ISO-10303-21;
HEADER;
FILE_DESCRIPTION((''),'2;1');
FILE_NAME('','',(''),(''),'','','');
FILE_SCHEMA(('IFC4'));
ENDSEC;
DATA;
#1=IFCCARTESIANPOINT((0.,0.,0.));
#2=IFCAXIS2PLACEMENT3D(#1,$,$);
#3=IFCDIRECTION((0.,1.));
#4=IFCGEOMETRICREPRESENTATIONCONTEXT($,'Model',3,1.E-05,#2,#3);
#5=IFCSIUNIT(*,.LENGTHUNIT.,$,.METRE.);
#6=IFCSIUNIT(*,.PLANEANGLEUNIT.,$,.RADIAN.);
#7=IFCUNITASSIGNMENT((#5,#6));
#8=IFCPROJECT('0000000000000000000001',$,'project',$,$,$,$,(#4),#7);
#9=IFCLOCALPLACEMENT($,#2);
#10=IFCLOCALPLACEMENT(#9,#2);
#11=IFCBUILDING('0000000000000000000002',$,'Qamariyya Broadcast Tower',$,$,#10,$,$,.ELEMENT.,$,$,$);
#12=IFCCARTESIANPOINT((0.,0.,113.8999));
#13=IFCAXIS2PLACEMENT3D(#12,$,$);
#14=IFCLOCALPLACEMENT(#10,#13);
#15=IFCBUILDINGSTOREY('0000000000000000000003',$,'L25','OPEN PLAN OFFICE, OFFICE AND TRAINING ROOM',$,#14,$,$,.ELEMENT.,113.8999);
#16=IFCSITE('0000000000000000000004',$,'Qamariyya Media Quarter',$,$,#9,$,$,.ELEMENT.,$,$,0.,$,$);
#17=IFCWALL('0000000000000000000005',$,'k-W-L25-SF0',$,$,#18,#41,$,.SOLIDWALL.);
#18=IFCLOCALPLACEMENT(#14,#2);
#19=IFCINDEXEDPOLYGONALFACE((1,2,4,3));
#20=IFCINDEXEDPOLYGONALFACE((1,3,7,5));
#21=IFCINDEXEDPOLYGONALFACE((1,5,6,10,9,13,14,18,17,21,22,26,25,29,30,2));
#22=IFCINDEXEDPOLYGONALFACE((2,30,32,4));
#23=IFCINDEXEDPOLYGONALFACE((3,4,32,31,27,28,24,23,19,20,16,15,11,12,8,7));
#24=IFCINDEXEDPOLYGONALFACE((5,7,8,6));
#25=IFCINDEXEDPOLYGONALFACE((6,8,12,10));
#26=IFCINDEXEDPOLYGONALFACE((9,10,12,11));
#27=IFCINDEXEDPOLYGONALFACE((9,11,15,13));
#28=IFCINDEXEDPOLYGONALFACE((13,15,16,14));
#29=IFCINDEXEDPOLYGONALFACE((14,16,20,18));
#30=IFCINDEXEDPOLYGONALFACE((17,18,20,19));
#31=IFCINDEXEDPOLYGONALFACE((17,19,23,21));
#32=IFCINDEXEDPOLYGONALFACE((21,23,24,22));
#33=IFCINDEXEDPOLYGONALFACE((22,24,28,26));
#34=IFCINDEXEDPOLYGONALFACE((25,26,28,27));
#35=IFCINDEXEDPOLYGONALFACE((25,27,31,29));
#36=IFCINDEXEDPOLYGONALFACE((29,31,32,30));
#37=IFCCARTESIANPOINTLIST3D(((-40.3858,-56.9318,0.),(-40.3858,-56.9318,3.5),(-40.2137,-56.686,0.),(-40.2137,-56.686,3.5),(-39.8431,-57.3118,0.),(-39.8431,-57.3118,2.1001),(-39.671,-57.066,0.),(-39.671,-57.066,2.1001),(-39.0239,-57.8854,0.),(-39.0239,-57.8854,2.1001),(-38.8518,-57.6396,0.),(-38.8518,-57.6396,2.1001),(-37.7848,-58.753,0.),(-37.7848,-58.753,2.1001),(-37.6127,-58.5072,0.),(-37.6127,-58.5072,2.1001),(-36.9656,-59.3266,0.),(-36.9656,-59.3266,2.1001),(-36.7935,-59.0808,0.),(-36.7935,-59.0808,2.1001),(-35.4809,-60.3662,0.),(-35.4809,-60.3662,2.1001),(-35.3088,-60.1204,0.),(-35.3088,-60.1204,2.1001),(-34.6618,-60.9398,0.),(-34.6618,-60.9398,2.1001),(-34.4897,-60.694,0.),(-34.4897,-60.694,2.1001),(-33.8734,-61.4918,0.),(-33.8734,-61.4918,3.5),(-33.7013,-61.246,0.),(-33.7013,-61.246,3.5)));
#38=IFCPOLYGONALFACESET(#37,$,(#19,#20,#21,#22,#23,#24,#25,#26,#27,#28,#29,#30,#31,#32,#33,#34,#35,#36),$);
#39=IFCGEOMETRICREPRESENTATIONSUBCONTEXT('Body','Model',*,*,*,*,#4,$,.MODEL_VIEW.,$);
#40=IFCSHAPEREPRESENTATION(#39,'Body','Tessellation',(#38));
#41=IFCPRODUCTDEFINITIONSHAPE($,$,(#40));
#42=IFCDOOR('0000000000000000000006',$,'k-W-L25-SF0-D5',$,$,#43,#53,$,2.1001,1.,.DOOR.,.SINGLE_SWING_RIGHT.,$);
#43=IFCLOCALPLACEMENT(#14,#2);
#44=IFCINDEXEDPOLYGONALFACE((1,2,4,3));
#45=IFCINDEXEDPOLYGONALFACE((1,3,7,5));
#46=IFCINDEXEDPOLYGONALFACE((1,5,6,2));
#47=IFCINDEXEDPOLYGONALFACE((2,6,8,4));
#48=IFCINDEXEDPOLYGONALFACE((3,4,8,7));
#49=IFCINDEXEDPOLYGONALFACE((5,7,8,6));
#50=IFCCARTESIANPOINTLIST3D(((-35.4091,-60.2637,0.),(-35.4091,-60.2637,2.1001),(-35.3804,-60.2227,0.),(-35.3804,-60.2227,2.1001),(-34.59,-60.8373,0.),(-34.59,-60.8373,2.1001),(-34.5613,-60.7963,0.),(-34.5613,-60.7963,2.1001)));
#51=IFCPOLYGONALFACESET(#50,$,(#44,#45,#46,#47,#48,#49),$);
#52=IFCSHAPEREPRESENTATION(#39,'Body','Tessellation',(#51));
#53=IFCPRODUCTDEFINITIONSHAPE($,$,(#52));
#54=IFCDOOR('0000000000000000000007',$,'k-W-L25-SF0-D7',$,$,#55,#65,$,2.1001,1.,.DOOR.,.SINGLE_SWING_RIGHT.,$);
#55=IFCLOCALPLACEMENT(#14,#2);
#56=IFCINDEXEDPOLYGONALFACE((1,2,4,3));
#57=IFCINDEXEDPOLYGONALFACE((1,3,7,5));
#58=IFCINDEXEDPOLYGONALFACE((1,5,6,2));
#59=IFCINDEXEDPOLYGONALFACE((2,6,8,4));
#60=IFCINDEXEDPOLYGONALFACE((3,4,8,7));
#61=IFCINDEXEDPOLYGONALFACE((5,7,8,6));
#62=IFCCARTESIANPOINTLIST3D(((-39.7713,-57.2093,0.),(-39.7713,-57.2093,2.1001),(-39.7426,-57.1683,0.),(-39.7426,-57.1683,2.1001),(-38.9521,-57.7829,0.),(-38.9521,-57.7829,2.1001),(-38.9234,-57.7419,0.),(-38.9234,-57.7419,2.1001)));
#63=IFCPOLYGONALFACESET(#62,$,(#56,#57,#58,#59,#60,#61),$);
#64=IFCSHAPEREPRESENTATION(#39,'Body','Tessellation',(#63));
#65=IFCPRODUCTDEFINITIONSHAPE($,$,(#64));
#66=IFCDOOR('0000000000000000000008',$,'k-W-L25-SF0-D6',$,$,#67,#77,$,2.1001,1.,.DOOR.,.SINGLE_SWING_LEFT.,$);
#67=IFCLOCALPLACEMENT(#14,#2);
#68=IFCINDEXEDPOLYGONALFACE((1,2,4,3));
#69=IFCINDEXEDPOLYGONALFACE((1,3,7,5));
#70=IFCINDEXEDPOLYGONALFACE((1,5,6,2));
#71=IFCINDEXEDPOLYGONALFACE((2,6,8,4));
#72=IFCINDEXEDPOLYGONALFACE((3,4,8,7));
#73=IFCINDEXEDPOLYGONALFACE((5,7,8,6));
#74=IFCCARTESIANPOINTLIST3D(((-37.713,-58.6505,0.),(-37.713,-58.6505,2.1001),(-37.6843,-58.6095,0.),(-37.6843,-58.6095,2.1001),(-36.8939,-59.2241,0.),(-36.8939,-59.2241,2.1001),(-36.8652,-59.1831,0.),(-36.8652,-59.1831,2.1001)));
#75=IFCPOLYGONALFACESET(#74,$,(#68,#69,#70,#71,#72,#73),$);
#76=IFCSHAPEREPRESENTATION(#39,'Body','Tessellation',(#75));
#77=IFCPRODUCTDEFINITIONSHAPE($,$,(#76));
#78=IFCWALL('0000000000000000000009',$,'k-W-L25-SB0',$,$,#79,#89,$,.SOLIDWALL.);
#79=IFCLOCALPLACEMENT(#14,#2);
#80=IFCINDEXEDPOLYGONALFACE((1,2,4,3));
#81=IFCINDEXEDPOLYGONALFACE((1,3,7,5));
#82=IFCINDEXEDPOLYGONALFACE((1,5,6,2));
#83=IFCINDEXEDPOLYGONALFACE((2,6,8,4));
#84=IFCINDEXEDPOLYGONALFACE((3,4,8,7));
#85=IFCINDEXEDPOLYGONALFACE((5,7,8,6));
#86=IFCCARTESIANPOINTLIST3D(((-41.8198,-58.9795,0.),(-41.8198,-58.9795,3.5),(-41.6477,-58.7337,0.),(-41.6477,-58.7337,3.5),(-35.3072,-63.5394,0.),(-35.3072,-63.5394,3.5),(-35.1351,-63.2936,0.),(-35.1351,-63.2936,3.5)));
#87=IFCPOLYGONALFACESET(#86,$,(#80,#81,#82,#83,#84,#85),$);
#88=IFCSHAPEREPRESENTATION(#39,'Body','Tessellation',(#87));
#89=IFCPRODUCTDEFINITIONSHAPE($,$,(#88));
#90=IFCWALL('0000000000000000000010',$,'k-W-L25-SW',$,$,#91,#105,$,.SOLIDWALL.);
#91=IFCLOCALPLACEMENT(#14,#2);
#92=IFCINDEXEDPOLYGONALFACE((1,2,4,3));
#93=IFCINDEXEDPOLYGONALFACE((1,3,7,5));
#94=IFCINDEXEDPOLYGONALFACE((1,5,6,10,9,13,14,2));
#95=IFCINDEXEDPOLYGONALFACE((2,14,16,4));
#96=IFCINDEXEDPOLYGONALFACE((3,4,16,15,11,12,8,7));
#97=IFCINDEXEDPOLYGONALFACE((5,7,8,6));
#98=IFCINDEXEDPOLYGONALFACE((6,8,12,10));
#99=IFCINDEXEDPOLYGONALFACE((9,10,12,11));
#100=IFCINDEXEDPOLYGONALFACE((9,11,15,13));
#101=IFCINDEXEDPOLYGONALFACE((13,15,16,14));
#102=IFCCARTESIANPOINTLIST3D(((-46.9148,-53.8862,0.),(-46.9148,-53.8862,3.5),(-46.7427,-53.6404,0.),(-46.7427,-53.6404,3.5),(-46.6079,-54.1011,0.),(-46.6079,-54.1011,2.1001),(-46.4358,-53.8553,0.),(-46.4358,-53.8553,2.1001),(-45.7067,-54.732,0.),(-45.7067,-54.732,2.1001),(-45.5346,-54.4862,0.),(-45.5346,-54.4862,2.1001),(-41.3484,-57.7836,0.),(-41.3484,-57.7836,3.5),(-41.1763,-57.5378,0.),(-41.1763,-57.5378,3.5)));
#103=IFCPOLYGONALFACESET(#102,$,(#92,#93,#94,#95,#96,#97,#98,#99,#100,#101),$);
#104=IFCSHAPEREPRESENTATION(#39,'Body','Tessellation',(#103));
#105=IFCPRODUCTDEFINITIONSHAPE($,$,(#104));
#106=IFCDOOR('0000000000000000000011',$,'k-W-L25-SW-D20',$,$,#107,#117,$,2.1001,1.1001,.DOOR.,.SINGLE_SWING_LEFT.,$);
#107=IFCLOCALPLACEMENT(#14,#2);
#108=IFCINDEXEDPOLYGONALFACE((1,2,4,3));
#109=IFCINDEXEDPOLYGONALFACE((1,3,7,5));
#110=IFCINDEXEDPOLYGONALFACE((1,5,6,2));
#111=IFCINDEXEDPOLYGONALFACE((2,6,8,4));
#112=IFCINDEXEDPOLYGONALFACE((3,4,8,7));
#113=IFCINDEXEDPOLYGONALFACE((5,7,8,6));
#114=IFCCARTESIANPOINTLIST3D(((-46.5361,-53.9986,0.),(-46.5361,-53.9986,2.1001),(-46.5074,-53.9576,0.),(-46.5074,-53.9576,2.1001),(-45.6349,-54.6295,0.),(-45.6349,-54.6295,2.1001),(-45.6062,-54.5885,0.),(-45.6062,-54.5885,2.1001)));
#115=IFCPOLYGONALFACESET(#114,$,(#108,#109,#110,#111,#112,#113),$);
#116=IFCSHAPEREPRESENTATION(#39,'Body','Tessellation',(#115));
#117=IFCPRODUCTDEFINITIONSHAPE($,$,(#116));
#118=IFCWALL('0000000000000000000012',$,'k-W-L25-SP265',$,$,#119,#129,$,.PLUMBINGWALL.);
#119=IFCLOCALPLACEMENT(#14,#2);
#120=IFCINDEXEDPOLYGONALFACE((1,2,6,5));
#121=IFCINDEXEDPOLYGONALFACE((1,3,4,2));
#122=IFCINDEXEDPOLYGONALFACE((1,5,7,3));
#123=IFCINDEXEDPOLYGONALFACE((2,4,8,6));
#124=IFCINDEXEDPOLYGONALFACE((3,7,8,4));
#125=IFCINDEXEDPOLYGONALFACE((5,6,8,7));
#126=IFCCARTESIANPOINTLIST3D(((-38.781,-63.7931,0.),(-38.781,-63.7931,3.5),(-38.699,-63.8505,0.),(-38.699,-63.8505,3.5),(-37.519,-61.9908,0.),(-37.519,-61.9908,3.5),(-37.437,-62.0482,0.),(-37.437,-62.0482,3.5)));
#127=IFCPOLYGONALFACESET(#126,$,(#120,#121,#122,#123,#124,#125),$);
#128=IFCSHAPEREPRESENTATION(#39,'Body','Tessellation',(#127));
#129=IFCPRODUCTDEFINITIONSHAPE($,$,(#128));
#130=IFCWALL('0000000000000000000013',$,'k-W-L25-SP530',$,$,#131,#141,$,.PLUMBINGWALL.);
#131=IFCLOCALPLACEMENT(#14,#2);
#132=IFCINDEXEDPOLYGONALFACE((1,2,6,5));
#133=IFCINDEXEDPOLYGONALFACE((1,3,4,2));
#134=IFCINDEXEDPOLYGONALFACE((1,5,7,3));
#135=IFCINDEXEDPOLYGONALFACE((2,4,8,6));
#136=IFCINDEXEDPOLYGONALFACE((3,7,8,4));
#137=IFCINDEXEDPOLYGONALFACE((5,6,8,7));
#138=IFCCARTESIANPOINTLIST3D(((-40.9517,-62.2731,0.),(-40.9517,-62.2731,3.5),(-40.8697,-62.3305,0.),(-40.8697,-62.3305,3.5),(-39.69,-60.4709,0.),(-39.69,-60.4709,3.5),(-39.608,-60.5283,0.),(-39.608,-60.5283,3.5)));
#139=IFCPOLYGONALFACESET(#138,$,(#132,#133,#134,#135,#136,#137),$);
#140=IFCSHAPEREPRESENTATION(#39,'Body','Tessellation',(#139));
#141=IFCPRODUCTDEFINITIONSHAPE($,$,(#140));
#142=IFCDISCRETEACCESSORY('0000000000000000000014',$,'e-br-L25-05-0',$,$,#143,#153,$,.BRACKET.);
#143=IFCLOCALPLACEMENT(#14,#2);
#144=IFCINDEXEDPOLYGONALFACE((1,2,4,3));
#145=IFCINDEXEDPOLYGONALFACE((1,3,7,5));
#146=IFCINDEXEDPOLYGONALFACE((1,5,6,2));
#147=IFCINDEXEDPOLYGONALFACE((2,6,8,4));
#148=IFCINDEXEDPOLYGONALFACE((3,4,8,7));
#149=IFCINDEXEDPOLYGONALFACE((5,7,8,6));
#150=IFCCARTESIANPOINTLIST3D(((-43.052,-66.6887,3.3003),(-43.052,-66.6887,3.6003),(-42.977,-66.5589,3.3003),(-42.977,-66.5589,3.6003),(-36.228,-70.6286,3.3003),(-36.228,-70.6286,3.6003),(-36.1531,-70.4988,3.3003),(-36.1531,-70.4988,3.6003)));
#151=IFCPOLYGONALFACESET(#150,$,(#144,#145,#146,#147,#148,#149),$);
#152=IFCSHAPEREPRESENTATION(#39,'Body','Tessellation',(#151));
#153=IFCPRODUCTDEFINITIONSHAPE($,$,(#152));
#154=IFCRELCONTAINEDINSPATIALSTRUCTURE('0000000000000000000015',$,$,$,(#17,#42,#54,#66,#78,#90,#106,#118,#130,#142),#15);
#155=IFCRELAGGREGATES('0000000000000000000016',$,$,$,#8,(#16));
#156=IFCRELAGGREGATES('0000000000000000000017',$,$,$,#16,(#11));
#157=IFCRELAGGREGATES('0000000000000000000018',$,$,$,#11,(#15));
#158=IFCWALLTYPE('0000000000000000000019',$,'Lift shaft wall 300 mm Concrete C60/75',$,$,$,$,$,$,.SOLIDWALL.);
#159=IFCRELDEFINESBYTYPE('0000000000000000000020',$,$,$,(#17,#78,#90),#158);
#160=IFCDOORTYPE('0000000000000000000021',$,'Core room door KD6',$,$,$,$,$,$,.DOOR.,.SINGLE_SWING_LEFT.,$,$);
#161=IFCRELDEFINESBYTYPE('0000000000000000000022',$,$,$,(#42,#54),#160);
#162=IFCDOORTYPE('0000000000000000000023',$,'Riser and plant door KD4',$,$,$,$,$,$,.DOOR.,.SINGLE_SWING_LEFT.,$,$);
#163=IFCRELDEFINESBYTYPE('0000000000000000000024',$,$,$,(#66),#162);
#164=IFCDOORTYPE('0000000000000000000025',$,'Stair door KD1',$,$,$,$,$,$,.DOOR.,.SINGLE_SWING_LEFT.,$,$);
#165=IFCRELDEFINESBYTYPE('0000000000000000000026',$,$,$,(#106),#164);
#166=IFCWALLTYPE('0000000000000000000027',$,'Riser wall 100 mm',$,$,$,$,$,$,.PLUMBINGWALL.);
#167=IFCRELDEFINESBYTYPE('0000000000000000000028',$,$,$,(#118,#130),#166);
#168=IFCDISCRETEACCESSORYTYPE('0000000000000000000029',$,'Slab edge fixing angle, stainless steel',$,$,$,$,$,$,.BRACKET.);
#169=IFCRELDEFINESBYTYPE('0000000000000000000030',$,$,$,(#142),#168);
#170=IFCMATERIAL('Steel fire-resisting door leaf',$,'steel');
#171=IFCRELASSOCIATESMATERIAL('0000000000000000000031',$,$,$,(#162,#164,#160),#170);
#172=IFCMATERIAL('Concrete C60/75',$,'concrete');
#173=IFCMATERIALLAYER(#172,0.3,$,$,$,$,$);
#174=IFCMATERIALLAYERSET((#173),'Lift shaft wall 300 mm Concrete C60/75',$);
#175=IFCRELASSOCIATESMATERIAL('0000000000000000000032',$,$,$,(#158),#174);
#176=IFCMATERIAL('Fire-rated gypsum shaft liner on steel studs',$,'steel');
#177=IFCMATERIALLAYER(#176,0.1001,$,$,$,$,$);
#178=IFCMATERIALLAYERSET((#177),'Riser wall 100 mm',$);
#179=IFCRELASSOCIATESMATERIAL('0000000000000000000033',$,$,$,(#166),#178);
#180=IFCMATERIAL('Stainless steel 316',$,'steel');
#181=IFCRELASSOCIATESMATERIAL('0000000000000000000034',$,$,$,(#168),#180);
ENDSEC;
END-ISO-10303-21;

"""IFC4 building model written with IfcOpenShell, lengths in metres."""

from ifc_helpers import new_model, si_unit, direction, frame, frame_2d, origin, origin_2d, place, context, subcontext, project, spatial, rectangle, extrude, material, layer, layer_set, type_object, element, fill, save


model = new_model("IFC4")

# Units and contexts
model_context = context("Model", 3, precision=1e-05, world=origin(), true_north=direction((0.0, 1.0)))
body_context = subcontext(model_context, "Body", "Model", "MODEL_VIEW")
ifc_project = project(units=[si_unit("LENGTHUNIT", "METRE"), si_unit("PLANEANGLEUNIT", "RADIAN")], contexts=[model_context])

# Site, building, storey
site_placement = place(None, origin())
site = spatial("IfcSite", under=ifc_project, at=site_placement, Name="Qamariyya Media Quarter", CompositionType="ELEMENT", RefElevation=0.0)
building_placement = place(site_placement, origin())
building = spatial("IfcBuilding", under=site, at=building_placement, Name="Qamariyya Broadcast Tower", CompositionType="ELEMENT")
storey_placement = place(building_placement, frame((0.0, 0.0, 113.8999)))
storey = spatial("IfcBuildingStorey", under=building, at=storey_placement, Name="L25", Description="OPEN PLAN OFFICE, OFFICE AND TRAINING ROOM", CompositionType="ELEMENT", Elevation=113.8999)

# Shared definitions
ifc_material_1 = material(Name="Steel fire-resisting door leaf", Category="steel")

# Shared definitions
door_type_1 = type_object("IfcDoorType", Name="Riser and plant door KD4", OperationType="SINGLE_SWING_LEFT", PredefinedType="DOOR", material=ifc_material_1)
door_type_2 = type_object("IfcDoorType", Name="Stair door KD1", OperationType="SINGLE_SWING_LEFT", PredefinedType="DOOR", material=ifc_material_1)

# Shared definitions
ifc_material_2 = material(Name="Concrete C60/75", Category="concrete")
ifc_layer_1 = layer(ifc_material_2, 0.3)
ifc_layer_set_1 = layer_set([ifc_layer_1], Name="Lift shaft wall 300 mm Concrete C60/75")
wall_type_1 = type_object("IfcWallType", Name="Lift shaft wall 300 mm Concrete C60/75", PredefinedType="SOLIDWALL", material=ifc_layer_set_1)

# Wall, openings, doors
wall_1_placement = place(storey_placement, frame((-33.7874, -61.3689, 0.0), z_axis=(0.0, 0.0, 1.0), x_axis=(-0.819153, 0.573576, 0.0)))
wall_1 = element("IfcWall", 1, at=wall_1_placement, inside=storey, type_object=wall_type_1, Name="k-W-L25-SF0", PredefinedType="SOLIDWALL", context=body_context, shape_type="SweptSolid", body=[
    extrude(rectangle(XDim=7.9502, YDim=0.3, at=frame_2d((3.9751, 0.0))), origin(), (0.0, 0.0, 1.0), 3.5),
])
opening_1_placement = place(wall_1_placement, frame((0.9624, 0.0, 0.0)))
opening_1 = element("IfcOpeningElement", 2, at=opening_1_placement, cuts=wall_1, PredefinedType="OPENING", context=body_context, shape_type="SweptSolid", body=[
    extrude(rectangle(XDim=1.0, YDim=2.1001, at=frame_2d((0.5, 1.05))), frame((0.0, 0.1599, 0.0), z_axis=(0.0, -1.0, 0.0), x_axis=(1.0, 0.0, 0.0)), (0.0, 0.0, 1.0), 0.3201),
])
opening_2_placement = place(wall_1_placement, frame((3.7749, 0.0, 0.0)))
opening_2 = element("IfcOpeningElement", 3, at=opening_2_placement, cuts=wall_1, PredefinedType="OPENING", context=body_context, shape_type="SweptSolid", body=[
    extrude(rectangle(XDim=1.0, YDim=2.1001, at=frame_2d((0.5, 1.05))), frame((0.0, 0.1599, 0.0), z_axis=(0.0, -1.0, 0.0), x_axis=(1.0, 0.0, 0.0)), (0.0, 0.0, 1.0), 0.3201),
])
opening_3_placement = place(wall_1_placement, frame((6.2876, 0.0, 0.0)))
opening_3 = element("IfcOpeningElement", 4, at=opening_3_placement, cuts=wall_1, PredefinedType="OPENING", context=body_context, shape_type="SweptSolid", body=[
    extrude(rectangle(XDim=1.0, YDim=2.1001, at=frame_2d((0.5, 1.05))), frame((0.0, 0.1599, 0.0), z_axis=(0.0, -1.0, 0.0), x_axis=(1.0, 0.0, 0.0)), (0.0, 0.0, 1.0), 0.3201),
])
door_type_3 = type_object("IfcDoorType", Name="Core room door KD6", OperationType="SINGLE_SWING_LEFT", PredefinedType="DOOR", material=ifc_material_1)
door_1_placement = place(opening_1_placement, origin())
door_1 = element("IfcDoor", 5, at=door_1_placement, inside=storey, type_object=door_type_3, Name="k-W-L25-SF0-D5", OperationType="SINGLE_SWING_RIGHT", OverallHeight=2.1001, OverallWidth=1.0, PredefinedType="DOOR", context=body_context, shape_type="SweptSolid", body=[
    extrude(rectangle(XDim=1.0, YDim=2.1001, at=frame_2d((0.5, 1.05))), frame((0.0, 0.0249, 0.0), z_axis=(0.0, -1.0, 0.0), x_axis=(1.0, 0.0, 0.0)), (0.0, 0.0, 1.0), 0.05),
])
fill(opening_1, door_1)
door_2_placement = place(opening_3_placement, origin())
door_2 = element("IfcDoor", 6, at=door_2_placement, inside=storey, type_object=door_type_3, Name="k-W-L25-SF0-D7", OperationType="SINGLE_SWING_RIGHT", OverallHeight=2.1001, OverallWidth=1.0, PredefinedType="DOOR", context=body_context, shape_type="SweptSolid", body=[
    extrude(rectangle(XDim=1.0, YDim=2.1001, at=frame_2d((0.5, 1.05))), frame((0.0, 0.0249, 0.0), z_axis=(0.0, -1.0, 0.0), x_axis=(1.0, 0.0, 0.0)), (0.0, 0.0, 1.0), 0.05),
])
fill(opening_3, door_2)
door_3_placement = place(opening_2_placement, origin())
door_3 = element("IfcDoor", 7, at=door_3_placement, inside=storey, type_object=door_type_1, Name="k-W-L25-SF0-D6", OperationType="SINGLE_SWING_LEFT", OverallHeight=2.1001, OverallWidth=1.0, PredefinedType="DOOR", context=body_context, shape_type="SweptSolid", body=[
    extrude(rectangle(XDim=1.0, YDim=2.1001, at=frame_2d((0.5, 1.05))), frame((0.0, 0.0249, 0.0), z_axis=(0.0, -1.0, 0.0), x_axis=(1.0, 0.0, 0.0)), (0.0, 0.0, 1.0), 0.05),
])
fill(opening_2, door_3)

# Wall
wall_2_placement = place(storey_placement, frame((-35.2212, -63.4165, 0.0), z_axis=(0.0, 0.0, 1.0), x_axis=(-0.819167, 0.573555, 0.0)))
element("IfcWall", 8, at=wall_2_placement, inside=storey, type_object=wall_type_1, Name="k-W-L25-SB0", PredefinedType="SOLIDWALL", context=body_context, shape_type="SweptSolid", body=[
    extrude(rectangle(XDim=7.9502, YDim=0.3, at=frame_2d((3.9751, 0.0))), origin(), (0.0, 0.0, 1.0), 3.5),
])

# Wall, opening, door
wall_3_placement = place(storey_placement, frame((-41.2625, -57.6606, 0.0), z_axis=(0.0, 0.0, 1.0), x_axis=(-0.819164, 0.573559, 0.0)))
wall_3 = element("IfcWall", 9, at=wall_3_placement, inside=storey, type_object=wall_type_1, Name="k-W-L25-SW", PredefinedType="SOLIDWALL", context=body_context, shape_type="SweptSolid", body=[
    extrude(rectangle(XDim=6.7952, YDim=0.3, at=frame_2d((3.3975, 0.0))), origin(), (0.0, 0.0, 1.0), 3.5),
])
opening_4_placement = place(wall_3_placement, frame((5.3203, 0.0, 0.0)))
opening_4 = element("IfcOpeningElement", 10, at=opening_4_placement, cuts=wall_3, PredefinedType="OPENING", context=body_context, shape_type="SweptSolid", body=[
    extrude(rectangle(XDim=1.1001, YDim=2.1001, at=frame_2d((0.55, 1.05))), frame((0.0, 0.1599, 0.0), z_axis=(0.0, -1.0, 0.0), x_axis=(1.0, 0.0, 0.0)), (0.0, 0.0, 1.0), 0.3201),
])
door_4_placement = place(opening_4_placement, origin())
door_4 = element("IfcDoor", 11, at=door_4_placement, inside=storey, type_object=door_type_2, Name="k-W-L25-SW-D20", OperationType="SINGLE_SWING_LEFT", OverallHeight=2.1001, OverallWidth=1.1001, PredefinedType="DOOR", context=body_context, shape_type="SweptSolid", body=[
    extrude(rectangle(XDim=1.1001, YDim=2.1001, at=frame_2d((0.55, 1.05))), frame((0.0, 0.0249, 0.0), z_axis=(0.0, -1.0, 0.0), x_axis=(1.0, 0.0, 0.0)), (0.0, 0.0, 1.0), 0.05),
])
fill(opening_4, door_4)

# Walls
ifc_material_3 = material(Name="Fire-rated gypsum shaft liner on steel studs", Category="steel")
ifc_layer_2 = layer(ifc_material_3, 0.1001)
ifc_layer_set_2 = layer_set([ifc_layer_2], Name="Riser wall 100 mm")
wall_type_2 = type_object("IfcWallType", Name="Riser wall 100 mm", PredefinedType="PLUMBINGWALL", material=ifc_layer_set_2)
wall_4_placement = place(storey_placement, frame((-37.478, -62.0195, 0.0), z_axis=(0.0, 0.0, 1.0), x_axis=(-0.573581, -0.819149, 0.0)))
element("IfcWall", 12, at=wall_4_placement, inside=storey, type_object=wall_type_2, Name="k-W-L25-SP265", PredefinedType="PLUMBINGWALL", context=body_context, shape_type="SweptSolid", body=[
    extrude(rectangle(XDim=2.2002, YDim=0.1001, at=frame_2d((1.1001, 0.0))), origin(), (0.0, 0.0, 1.0), 3.5),
])
wall_5_placement = place(storey_placement, frame((-39.6489, -60.4995, 0.0), z_axis=(0.0, 0.0, 1.0), x_axis=(-0.573507, -0.819201, 0.0)))
element("IfcWall", 13, at=wall_5_placement, inside=storey, type_object=wall_type_2, Name="k-W-L25-SP530", PredefinedType="PLUMBINGWALL", context=body_context, shape_type="SweptSolid", body=[
    extrude(rectangle(XDim=2.2, YDim=0.1001, at=frame_2d((1.1001, 0.0))), origin(), (0.0, 0.0, 1.0), 3.5),
])

# Discrete accessory
ifc_material_4 = material(Name="Stainless steel 316", Category="steel")
discrete_accessory_type = type_object("IfcDiscreteAccessoryType", Name="Slab edge fixing angle, stainless steel", PredefinedType="BRACKET", material=ifc_material_4)
discrete_accessory_placement = place(storey_placement, frame((-39.6025, -68.5938, 3.3003), z_axis=(0.0, 0.0, 1.0), x_axis=(0.866025, -0.5, 0.0)))
element("IfcDiscreteAccessory", 14, at=discrete_accessory_placement, inside=storey, type_object=discrete_accessory_type, Name="e-br-L25-05-0", PredefinedType="BRACKET", context=body_context, shape_type="SweptSolid", body=[
    extrude(rectangle(XDim=7.8796, YDim=0.1499, at=origin_2d()), origin(), (0.0, 0.0, 1.0), 0.3),
])

save(model, "model.ifc")
